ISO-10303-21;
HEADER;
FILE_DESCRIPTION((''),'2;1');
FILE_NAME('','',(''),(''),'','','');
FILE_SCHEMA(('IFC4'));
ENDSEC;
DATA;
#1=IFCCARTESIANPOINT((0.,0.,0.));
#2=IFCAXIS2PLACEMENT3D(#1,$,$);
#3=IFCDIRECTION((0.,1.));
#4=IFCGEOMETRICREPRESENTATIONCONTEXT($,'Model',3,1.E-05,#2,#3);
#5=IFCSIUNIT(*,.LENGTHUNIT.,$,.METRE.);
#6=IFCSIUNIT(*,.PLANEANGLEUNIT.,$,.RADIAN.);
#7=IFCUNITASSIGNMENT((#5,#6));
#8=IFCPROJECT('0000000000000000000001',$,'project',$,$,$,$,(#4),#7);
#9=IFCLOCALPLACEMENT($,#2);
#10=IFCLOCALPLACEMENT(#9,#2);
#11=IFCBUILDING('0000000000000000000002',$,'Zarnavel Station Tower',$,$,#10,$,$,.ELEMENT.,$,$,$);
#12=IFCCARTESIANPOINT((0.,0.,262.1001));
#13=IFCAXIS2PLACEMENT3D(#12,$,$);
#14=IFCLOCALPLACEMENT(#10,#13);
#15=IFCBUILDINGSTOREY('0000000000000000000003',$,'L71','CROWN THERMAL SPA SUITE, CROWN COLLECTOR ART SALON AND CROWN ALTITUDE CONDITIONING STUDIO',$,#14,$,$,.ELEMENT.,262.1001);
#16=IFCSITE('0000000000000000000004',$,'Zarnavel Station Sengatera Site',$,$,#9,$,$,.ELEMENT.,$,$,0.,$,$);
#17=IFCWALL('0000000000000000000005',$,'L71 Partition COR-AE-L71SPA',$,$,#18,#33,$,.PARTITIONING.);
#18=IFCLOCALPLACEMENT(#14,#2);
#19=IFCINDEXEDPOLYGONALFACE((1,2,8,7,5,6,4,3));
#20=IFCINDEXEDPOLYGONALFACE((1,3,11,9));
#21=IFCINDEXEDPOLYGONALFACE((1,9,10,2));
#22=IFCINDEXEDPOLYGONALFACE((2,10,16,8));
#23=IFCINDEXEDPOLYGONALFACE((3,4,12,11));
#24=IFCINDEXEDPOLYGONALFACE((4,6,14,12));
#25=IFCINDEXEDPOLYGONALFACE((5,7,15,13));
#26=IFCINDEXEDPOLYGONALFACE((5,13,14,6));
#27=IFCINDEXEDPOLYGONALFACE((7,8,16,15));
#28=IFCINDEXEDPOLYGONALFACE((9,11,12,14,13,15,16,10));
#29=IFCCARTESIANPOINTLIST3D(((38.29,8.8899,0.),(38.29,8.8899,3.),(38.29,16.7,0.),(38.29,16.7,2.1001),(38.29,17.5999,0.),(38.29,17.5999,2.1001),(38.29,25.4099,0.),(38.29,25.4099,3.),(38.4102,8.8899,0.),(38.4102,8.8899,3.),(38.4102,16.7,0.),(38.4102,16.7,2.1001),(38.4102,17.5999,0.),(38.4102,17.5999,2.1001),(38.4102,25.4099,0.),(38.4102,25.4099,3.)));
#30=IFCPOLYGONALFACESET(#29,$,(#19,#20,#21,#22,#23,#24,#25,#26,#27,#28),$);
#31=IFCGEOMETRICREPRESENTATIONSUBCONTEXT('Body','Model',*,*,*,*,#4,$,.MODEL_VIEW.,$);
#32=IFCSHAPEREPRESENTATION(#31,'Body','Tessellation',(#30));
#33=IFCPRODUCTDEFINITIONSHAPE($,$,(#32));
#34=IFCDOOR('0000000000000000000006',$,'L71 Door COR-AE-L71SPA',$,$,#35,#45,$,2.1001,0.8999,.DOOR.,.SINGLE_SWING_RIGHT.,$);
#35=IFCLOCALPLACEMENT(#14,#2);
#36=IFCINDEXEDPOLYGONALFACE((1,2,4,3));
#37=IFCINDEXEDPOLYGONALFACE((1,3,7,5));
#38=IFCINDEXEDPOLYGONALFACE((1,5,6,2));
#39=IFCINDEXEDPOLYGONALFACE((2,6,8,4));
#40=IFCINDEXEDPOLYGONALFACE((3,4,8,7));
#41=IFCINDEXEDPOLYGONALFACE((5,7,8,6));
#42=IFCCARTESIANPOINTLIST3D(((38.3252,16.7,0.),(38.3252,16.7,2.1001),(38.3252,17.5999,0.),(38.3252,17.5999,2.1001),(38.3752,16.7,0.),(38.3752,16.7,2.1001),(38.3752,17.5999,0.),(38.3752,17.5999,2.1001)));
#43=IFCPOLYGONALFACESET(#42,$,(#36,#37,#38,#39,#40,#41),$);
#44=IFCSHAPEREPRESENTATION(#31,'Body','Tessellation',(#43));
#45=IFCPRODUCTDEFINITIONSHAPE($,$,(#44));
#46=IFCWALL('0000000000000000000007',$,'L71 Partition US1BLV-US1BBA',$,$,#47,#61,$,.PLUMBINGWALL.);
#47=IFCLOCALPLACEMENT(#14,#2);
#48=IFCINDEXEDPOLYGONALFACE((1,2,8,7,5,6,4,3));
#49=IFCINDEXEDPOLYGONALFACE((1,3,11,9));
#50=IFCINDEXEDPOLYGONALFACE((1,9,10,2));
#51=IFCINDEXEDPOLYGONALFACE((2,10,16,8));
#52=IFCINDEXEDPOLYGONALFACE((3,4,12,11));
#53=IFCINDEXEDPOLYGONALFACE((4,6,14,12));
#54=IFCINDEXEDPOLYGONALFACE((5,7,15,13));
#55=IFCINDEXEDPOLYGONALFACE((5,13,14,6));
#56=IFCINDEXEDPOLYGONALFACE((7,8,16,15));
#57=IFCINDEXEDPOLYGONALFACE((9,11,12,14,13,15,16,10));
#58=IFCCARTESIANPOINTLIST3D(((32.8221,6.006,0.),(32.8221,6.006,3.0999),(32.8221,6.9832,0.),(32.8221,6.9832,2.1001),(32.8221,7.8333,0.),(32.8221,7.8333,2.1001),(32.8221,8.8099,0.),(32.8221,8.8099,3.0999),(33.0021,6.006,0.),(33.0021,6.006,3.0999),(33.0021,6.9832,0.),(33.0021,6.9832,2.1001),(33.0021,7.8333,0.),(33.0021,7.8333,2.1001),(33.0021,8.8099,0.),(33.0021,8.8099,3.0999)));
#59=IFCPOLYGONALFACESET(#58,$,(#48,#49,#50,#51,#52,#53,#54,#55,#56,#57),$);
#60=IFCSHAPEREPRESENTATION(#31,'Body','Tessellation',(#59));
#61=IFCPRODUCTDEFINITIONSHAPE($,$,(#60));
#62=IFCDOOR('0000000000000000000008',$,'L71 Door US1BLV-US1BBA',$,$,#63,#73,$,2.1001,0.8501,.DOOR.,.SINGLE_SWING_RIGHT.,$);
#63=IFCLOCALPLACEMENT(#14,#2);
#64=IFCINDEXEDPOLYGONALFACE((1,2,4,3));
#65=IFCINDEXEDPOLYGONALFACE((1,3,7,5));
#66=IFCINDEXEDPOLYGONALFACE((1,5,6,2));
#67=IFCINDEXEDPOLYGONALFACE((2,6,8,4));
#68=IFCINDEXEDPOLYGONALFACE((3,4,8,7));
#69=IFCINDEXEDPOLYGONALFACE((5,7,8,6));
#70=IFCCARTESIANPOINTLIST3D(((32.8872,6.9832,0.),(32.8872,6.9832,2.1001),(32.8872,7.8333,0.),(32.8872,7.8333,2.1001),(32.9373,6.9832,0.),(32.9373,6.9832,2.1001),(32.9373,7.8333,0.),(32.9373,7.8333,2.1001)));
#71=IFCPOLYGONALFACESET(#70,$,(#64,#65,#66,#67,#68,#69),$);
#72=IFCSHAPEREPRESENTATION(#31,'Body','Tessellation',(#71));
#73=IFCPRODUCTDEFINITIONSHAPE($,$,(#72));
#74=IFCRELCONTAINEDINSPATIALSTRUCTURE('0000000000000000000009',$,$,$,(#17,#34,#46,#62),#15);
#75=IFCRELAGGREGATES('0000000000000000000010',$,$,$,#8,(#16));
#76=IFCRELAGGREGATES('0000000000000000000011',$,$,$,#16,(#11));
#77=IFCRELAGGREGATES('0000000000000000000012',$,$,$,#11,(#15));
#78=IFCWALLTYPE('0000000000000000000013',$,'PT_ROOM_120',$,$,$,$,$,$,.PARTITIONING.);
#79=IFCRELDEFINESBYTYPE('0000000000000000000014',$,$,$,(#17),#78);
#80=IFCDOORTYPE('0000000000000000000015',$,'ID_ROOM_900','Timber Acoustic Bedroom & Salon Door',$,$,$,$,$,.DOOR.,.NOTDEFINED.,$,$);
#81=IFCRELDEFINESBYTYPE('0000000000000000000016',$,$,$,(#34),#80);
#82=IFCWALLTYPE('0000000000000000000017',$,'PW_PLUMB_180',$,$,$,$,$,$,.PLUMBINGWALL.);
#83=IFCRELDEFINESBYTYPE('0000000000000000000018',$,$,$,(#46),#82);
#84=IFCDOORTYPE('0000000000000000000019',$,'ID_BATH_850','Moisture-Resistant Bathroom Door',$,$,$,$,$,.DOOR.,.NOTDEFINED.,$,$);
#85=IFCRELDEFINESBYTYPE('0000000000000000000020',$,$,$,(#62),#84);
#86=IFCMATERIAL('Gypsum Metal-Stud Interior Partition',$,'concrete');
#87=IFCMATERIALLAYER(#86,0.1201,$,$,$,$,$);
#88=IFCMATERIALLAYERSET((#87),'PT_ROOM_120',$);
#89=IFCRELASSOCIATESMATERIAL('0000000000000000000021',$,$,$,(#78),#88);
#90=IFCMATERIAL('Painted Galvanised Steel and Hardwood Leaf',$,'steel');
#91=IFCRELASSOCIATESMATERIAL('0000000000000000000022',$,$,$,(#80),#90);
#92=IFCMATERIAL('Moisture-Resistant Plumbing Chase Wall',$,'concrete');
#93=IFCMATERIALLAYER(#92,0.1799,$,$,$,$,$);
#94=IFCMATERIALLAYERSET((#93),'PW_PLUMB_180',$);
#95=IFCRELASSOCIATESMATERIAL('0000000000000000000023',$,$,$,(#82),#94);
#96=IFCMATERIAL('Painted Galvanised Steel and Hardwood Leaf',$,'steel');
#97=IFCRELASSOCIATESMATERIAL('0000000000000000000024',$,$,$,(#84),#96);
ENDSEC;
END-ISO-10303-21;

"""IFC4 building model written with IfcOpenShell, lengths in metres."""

from ifc_helpers import new_model, si_unit, direction, frame, frame_2d, origin, place, context, subcontext, project, spatial, rectangle, extrude, material, layer, layer_set, type_object, element, fill, save


model = new_model("IFC4")

# Units and contexts
model_context = context("Model", 3, precision=1e-05, world=origin(), true_north=direction((0.0, 1.0)))
body_context = subcontext(model_context, "Body", "Model", "MODEL_VIEW")
ifc_project = project(units=[si_unit("LENGTHUNIT", "METRE"), si_unit("PLANEANGLEUNIT", "RADIAN")], contexts=[model_context])

# Site, building, storey
site_placement = place(None, origin())
site = spatial("IfcSite", under=ifc_project, at=site_placement, Name="Zarnavel Station Sengatera Site", CompositionType="ELEMENT", RefElevation=0.0)
building_placement = place(site_placement, origin())
building = spatial("IfcBuilding", under=site, at=building_placement, Name="Zarnavel Station Tower", CompositionType="ELEMENT")
storey_placement = place(building_placement, frame((0.0, 0.0, 262.1001)))
storey = spatial("IfcBuildingStorey", under=building, at=storey_placement, Name="L71", Description="CROWN THERMAL SPA SUITE, CROWN COLLECTOR ART SALON AND CROWN ALTITUDE CONDITIONING STUDIO", CompositionType="ELEMENT", Elevation=262.1001)

# Walls, openings, doors
ifc_material_1 = material(Name="Gypsum Metal-Stud Interior Partition", Category="concrete")
ifc_layer_1 = layer(ifc_material_1, 0.1201)
ifc_layer_set_1 = layer_set([ifc_layer_1], Name="PT_ROOM_120")
wall_type_1 = type_object("IfcWallType", Name="PT_ROOM_120", PredefinedType="PARTITIONING", material=ifc_layer_set_1)
wall_1_placement = place(storey_placement, frame((38.3501, 8.8899, 0.0), z_axis=(0.0, 0.0, 1.0), x_axis=(0.0, 1.0, 0.0)))
wall_1 = element("IfcWall", 1, at=wall_1_placement, inside=storey, type_object=wall_type_1, Name="L71 Partition COR-AE-L71SPA", PredefinedType="PARTITIONING", context=body_context, shape_type="SweptSolid", body=[
    extrude(rectangle(XDim=16.52, YDim=0.1201, at=frame_2d((8.26, 0.0))), origin(), (0.0, 0.0, 1.0), 3.0),
])
opening_1_placement = place(wall_1_placement, frame((7.8101, 0.0, 0.0)))
opening_1 = element("IfcOpeningElement", 2, at=opening_1_placement, cuts=wall_1, PredefinedType="OPENING", context=body_context, shape_type="SweptSolid", body=[
    extrude(rectangle(XDim=0.8999, YDim=2.1001, at=frame_2d((0.45, 1.05))), frame((0.0, 0.0701, 0.0), z_axis=(0.0, -1.0, 0.0), x_axis=(1.0, 0.0, 0.0)), (0.0, 0.0, 1.0), 0.1401),
])
ifc_material_2 = material(Name="Painted Galvanised Steel and Hardwood Leaf", Category="steel")
door_type_1 = type_object("IfcDoorType", Name="ID_ROOM_900", Description="Timber Acoustic Bedroom & Salon Door", OperationType="NOTDEFINED", PredefinedType="DOOR", material=ifc_material_2)
door_1_placement = place(opening_1_placement, origin())
door_1 = element("IfcDoor", 3, at=door_1_placement, inside=storey, type_object=door_type_1, Name="L71 Door COR-AE-L71SPA", OperationType="SINGLE_SWING_RIGHT", OverallHeight=2.1001, OverallWidth=0.8999, PredefinedType="DOOR", context=body_context, shape_type="SweptSolid", body=[
    extrude(rectangle(XDim=0.8999, YDim=2.1001, at=frame_2d((0.45, 1.05))), frame((0.0, 0.0249, 0.0), z_axis=(0.0, -1.0, 0.0), x_axis=(1.0, 0.0, 0.0)), (0.0, 0.0, 1.0), 0.05),
])
fill(opening_1, door_1)
ifc_material_3 = material(Name="Moisture-Resistant Plumbing Chase Wall", Category="concrete")
ifc_layer_2 = layer(ifc_material_3, 0.1799)
ifc_layer_set_2 = layer_set([ifc_layer_2], Name="PW_PLUMB_180")
wall_type_2 = type_object("IfcWallType", Name="PW_PLUMB_180", PredefinedType="PLUMBINGWALL", material=ifc_layer_set_2)
wall_2_placement = place(storey_placement, frame((32.9121, 6.0061, 0.0), z_axis=(0.0, 0.0, 1.0), x_axis=(0.0, 1.0, 0.0)))
wall_2 = element("IfcWall", 4, at=wall_2_placement, inside=storey, type_object=wall_type_2, Name="L71 Partition US1BLV-US1BBA", PredefinedType="PLUMBINGWALL", context=body_context, shape_type="SweptSolid", body=[
    extrude(rectangle(XDim=2.804, YDim=0.1799, at=frame_2d((1.4019, 0.0))), origin(), (0.0, 0.0, 1.0), 3.0999),
])
opening_2_placement = place(wall_2_placement, frame((0.9771, 0.0, 0.0)))
opening_2 = element("IfcOpeningElement", 5, at=opening_2_placement, cuts=wall_2, PredefinedType="OPENING", context=body_context, shape_type="SweptSolid", body=[
    extrude(rectangle(XDim=0.8501, YDim=2.1001, at=frame_2d((0.425, 1.05))), frame((0.0, 0.0999, 0.0), z_axis=(0.0, -1.0, 0.0), x_axis=(1.0, 0.0, 0.0)), (0.0, 0.0, 1.0), 0.2),
])
ifc_material_4 = material(Name="Painted Galvanised Steel and Hardwood Leaf", Category="steel")
door_type_2 = type_object("IfcDoorType", Name="ID_BATH_850", Description="Moisture-Resistant Bathroom Door", OperationType="NOTDEFINED", PredefinedType="DOOR", material=ifc_material_4)
door_2_placement = place(opening_2_placement, origin())
door_2 = element("IfcDoor", 6, at=door_2_placement, inside=storey, type_object=door_type_2, Name="L71 Door US1BLV-US1BBA", OperationType="SINGLE_SWING_RIGHT", OverallHeight=2.1001, OverallWidth=0.8501, PredefinedType="DOOR", context=body_context, shape_type="SweptSolid", body=[
    extrude(rectangle(XDim=0.8501, YDim=2.1001, at=frame_2d((0.425, 1.05))), frame((0.0, 0.0249, 0.0), z_axis=(0.0, -1.0, 0.0), x_axis=(1.0, 0.0, 0.0)), (0.0, 0.0, 1.0), 0.05),
])
fill(opening_2, door_2)

save(model, "model.ifc")
